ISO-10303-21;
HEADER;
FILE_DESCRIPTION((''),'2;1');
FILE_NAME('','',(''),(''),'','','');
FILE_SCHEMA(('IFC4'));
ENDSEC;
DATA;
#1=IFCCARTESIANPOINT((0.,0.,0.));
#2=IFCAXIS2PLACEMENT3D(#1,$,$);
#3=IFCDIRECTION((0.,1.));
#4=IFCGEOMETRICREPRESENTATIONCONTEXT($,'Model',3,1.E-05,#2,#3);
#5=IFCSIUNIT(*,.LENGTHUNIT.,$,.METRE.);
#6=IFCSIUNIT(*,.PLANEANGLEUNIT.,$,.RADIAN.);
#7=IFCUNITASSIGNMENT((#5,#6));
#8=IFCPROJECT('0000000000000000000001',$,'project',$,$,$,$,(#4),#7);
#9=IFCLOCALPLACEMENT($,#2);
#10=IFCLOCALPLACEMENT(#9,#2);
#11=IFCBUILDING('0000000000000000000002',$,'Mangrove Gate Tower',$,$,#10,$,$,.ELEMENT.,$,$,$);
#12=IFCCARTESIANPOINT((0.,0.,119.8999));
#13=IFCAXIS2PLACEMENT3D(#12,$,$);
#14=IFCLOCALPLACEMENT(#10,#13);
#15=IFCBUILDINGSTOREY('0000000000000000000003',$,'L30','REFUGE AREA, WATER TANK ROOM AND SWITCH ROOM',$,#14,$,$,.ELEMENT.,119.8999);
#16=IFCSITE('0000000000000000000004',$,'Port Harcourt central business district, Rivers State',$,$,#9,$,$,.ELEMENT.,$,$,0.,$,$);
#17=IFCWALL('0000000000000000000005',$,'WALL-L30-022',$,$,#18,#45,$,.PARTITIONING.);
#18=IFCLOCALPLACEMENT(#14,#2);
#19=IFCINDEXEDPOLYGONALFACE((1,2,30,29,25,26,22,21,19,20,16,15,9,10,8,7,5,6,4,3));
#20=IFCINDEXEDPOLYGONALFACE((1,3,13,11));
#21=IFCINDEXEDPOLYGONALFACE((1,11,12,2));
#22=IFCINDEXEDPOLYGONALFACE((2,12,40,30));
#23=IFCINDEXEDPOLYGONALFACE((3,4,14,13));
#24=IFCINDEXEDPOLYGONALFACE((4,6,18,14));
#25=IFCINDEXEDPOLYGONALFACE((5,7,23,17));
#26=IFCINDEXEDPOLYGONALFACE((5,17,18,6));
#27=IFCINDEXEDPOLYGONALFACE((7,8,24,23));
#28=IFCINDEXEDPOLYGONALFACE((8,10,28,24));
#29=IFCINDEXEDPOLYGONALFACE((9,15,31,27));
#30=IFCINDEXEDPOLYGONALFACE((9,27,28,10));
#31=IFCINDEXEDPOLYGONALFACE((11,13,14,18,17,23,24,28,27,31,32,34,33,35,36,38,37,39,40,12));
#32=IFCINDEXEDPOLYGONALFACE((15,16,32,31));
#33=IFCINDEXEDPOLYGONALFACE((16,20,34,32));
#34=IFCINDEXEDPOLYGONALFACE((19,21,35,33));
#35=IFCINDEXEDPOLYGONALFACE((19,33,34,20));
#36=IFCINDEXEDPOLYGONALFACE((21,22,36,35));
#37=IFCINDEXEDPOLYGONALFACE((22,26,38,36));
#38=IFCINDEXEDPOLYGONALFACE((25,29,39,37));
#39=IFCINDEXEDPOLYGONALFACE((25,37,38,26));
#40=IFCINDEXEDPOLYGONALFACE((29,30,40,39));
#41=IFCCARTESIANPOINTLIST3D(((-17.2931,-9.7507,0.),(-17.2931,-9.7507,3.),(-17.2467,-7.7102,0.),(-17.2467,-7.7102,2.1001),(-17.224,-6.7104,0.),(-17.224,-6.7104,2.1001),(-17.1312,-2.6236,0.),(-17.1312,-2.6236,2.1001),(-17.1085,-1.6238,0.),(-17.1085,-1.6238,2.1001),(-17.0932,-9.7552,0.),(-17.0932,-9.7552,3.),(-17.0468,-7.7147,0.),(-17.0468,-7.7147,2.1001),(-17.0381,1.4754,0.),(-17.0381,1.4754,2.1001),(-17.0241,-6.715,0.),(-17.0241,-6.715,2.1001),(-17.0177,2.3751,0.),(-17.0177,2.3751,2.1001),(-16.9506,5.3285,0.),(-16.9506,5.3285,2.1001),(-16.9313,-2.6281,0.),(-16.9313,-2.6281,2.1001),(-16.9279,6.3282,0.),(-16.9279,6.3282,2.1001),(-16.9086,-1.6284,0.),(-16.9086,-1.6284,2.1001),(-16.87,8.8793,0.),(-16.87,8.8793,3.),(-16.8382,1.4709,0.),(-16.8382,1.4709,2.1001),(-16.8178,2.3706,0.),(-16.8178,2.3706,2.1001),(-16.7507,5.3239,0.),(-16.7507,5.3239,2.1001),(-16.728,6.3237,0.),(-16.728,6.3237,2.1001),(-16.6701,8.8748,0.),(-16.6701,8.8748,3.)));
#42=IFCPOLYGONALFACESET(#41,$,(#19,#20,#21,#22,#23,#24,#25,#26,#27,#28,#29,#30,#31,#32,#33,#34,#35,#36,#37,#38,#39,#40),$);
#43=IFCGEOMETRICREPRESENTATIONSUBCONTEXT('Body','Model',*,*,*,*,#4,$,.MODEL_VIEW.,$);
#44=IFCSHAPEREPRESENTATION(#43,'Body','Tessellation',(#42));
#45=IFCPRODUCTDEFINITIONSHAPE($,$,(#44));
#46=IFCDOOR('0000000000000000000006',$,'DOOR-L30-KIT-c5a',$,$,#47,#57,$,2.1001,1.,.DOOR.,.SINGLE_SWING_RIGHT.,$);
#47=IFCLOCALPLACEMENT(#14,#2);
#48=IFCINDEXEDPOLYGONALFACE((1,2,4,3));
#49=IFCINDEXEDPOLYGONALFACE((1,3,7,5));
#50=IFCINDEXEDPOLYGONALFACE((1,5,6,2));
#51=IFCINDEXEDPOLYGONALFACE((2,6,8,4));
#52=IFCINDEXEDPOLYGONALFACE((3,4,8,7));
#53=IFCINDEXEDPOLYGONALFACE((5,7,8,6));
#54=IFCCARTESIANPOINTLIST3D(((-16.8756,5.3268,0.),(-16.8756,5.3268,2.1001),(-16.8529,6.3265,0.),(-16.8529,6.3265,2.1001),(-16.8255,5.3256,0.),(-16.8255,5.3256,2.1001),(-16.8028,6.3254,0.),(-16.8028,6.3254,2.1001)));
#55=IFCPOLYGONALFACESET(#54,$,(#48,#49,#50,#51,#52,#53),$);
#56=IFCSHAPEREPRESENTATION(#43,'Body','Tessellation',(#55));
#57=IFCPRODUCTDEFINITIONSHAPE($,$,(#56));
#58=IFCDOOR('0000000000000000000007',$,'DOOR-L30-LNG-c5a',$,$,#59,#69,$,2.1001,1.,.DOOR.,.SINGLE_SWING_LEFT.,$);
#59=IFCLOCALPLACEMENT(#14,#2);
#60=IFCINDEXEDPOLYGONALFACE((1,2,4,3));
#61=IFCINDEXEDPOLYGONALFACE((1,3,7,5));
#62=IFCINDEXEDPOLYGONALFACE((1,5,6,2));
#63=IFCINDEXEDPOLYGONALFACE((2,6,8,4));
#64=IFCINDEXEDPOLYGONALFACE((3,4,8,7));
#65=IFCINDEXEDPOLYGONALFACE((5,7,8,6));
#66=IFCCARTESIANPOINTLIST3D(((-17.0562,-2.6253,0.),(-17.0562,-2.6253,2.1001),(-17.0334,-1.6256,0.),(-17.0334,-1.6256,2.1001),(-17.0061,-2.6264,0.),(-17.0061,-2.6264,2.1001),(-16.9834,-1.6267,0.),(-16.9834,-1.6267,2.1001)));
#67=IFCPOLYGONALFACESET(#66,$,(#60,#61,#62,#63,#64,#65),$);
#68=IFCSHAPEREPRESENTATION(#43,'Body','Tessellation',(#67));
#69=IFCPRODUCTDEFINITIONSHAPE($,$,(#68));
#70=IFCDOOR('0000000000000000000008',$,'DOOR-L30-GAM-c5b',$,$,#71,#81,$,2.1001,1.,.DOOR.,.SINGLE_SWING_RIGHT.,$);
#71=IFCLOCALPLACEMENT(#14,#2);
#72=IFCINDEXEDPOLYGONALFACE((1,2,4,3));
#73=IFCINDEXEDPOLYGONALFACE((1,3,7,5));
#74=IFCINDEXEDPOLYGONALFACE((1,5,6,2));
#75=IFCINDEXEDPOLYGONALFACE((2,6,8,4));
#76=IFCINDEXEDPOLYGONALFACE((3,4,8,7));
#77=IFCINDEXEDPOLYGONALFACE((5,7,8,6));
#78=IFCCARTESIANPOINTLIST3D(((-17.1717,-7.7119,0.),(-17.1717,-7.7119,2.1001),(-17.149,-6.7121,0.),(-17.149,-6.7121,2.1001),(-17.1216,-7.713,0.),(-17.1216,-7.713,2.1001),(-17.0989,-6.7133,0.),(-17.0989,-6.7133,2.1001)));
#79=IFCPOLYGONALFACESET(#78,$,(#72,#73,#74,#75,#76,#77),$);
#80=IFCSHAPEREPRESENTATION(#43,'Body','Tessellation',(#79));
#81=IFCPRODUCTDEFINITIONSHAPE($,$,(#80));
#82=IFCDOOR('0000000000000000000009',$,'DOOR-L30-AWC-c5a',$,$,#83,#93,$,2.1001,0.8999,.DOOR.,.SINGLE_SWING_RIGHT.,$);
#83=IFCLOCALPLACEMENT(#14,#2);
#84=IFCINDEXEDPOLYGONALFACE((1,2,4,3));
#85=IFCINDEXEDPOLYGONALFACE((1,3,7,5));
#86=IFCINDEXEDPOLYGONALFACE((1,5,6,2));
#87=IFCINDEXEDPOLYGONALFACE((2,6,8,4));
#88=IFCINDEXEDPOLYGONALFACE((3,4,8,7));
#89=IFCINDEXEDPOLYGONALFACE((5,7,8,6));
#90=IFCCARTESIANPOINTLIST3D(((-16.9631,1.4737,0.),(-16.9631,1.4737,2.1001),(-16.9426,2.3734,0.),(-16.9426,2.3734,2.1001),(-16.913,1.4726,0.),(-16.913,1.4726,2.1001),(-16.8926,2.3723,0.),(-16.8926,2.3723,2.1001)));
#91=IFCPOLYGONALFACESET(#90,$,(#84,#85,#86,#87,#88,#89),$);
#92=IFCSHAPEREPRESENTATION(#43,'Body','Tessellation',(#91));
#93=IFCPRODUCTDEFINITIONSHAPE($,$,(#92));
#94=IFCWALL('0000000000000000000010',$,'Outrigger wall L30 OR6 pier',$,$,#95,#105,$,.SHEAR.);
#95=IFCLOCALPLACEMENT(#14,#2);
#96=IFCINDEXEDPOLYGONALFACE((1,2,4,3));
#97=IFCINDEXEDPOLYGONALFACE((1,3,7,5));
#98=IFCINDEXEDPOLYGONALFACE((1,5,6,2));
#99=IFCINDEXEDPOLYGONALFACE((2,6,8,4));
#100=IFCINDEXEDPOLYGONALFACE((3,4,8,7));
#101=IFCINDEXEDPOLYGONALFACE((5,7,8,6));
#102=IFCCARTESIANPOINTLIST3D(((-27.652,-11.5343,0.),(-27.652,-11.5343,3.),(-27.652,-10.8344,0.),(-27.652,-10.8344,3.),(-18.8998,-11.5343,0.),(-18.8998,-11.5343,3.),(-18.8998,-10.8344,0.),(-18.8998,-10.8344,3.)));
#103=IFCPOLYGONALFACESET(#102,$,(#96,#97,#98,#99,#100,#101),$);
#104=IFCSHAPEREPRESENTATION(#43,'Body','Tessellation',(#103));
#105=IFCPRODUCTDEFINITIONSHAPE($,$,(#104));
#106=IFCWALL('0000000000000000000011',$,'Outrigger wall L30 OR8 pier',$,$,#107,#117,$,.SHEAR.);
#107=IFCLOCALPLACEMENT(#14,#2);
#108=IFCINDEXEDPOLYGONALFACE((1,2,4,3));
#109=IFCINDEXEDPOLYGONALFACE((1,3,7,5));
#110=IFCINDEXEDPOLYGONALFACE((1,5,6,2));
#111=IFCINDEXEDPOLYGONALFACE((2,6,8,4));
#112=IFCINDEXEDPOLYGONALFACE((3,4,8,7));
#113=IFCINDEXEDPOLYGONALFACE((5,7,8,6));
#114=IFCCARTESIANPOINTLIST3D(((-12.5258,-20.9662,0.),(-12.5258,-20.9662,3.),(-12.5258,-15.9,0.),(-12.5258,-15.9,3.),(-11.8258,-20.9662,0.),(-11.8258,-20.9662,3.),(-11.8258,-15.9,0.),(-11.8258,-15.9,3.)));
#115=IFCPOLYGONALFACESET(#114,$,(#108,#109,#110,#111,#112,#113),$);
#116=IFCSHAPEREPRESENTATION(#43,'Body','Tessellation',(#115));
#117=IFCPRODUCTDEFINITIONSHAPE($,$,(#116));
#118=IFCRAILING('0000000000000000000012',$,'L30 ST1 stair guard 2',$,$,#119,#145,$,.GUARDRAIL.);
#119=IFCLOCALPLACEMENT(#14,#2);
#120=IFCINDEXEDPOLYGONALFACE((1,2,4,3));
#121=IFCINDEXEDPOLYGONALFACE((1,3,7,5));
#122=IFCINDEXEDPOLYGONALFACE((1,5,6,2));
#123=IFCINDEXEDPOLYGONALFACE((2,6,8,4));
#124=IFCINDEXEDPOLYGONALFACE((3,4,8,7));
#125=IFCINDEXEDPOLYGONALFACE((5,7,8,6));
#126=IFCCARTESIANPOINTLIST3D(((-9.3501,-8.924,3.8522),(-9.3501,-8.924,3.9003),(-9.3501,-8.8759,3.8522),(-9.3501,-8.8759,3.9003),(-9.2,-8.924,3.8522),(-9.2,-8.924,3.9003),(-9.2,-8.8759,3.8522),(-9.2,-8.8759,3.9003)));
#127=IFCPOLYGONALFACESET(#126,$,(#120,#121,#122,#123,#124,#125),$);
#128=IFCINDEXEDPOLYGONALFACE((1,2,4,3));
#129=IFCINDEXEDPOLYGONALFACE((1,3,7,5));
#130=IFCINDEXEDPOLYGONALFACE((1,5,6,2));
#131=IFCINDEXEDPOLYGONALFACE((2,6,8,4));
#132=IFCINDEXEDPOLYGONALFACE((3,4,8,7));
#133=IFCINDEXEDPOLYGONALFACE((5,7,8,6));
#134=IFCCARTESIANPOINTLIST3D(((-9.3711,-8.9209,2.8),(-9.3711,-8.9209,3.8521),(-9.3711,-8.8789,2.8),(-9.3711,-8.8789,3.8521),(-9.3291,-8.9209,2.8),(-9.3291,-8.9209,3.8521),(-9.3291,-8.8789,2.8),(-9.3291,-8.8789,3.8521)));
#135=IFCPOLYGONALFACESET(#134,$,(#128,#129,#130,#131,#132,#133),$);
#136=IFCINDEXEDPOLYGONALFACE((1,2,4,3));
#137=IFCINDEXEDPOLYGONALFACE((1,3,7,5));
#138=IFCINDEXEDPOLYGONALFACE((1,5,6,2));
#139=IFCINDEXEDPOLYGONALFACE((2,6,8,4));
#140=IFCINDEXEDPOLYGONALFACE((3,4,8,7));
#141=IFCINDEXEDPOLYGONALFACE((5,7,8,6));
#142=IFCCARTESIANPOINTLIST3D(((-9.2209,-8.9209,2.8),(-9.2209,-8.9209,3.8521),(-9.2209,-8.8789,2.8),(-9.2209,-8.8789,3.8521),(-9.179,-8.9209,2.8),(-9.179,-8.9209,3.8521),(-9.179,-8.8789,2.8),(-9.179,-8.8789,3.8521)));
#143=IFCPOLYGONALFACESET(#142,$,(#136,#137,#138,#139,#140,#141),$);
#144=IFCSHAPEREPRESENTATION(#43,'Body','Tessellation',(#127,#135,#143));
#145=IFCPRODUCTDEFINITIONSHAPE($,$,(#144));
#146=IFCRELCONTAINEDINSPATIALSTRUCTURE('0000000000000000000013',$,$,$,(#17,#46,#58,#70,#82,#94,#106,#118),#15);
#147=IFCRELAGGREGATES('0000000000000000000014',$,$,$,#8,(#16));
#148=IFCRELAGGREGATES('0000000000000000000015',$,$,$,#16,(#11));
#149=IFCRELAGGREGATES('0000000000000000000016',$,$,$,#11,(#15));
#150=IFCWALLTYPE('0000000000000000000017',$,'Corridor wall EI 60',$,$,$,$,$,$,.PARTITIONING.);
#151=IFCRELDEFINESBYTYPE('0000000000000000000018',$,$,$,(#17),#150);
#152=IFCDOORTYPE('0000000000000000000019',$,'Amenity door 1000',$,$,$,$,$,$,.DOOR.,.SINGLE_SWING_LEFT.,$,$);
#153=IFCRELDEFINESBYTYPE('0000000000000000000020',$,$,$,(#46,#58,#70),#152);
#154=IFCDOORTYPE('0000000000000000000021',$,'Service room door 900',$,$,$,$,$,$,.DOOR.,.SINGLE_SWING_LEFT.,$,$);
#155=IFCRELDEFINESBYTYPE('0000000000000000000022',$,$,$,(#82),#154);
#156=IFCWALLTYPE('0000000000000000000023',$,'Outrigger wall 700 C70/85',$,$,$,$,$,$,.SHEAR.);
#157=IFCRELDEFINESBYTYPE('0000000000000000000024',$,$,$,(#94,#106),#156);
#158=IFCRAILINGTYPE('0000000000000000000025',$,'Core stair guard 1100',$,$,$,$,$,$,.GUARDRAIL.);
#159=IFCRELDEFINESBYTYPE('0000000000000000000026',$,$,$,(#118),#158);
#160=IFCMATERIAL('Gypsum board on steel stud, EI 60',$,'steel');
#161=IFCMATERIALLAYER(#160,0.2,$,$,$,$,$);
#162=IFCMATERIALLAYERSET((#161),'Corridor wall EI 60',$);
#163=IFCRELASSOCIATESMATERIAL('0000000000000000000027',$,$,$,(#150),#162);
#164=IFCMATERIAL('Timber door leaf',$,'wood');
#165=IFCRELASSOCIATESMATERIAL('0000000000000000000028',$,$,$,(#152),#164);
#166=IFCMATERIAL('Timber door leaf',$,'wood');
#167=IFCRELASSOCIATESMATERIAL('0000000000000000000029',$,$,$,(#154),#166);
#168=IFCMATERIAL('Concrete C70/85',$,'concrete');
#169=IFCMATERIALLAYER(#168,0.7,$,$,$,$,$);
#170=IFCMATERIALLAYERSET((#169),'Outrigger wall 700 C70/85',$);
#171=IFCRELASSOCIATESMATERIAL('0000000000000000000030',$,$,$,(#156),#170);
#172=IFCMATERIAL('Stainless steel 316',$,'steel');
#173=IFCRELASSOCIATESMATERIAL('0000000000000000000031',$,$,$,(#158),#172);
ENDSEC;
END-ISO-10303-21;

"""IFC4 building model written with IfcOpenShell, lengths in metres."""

from ifc_helpers import new_model, si_unit, direction, frame, frame_2d, origin, origin_2d, place, context, subcontext, project, spatial, rectangle, extrude, material, layer, layer_set, type_object, element, fill, save


model = new_model("IFC4")

# Units and contexts
model_context = context("Model", 3, precision=1e-05, world=origin(), true_north=direction((0.0, 1.0)))
body_context = subcontext(model_context, "Body", "Model", "MODEL_VIEW")
ifc_project = project(units=[si_unit("LENGTHUNIT", "METRE"), si_unit("PLANEANGLEUNIT", "RADIAN")], contexts=[model_context])

# Site, building, storey
site_placement = place(None, origin())
site = spatial("IfcSite", under=ifc_project, at=site_placement, Name="Port Harcourt central business district, Rivers State", CompositionType="ELEMENT", RefElevation=0.0)
building_placement = place(site_placement, origin())
building = spatial("IfcBuilding", under=site, at=building_placement, Name="Mangrove Gate Tower", CompositionType="ELEMENT")
storey_placement = place(building_placement, frame((0.0, 0.0, 119.8999)))
storey = spatial("IfcBuildingStorey", under=building, at=storey_placement, Name="L30", Description="REFUGE AREA, WATER TANK ROOM AND SWITCH ROOM", CompositionType="ELEMENT", Elevation=119.8999)

# Wall, openings, doors
ifc_material_1 = material(Name="Gypsum board on steel stud, EI 60", Category="steel")
ifc_layer_1 = layer(ifc_material_1, 0.2)
ifc_layer_set_1 = layer_set([ifc_layer_1], Name="Corridor wall EI 60")
wall_type_1 = type_object("IfcWallType", Name="Corridor wall EI 60", PredefinedType="PARTITIONING", material=ifc_layer_set_1)
ifc_material_2 = material(Name="Timber door leaf", Category="wood")
door_type_1 = type_object("IfcDoorType", Name="Amenity door 1000", OperationType="SINGLE_SWING_LEFT", PredefinedType="DOOR", material=ifc_material_2)
ifc_material_3 = material(Name="Timber door leaf", Category="wood")
door_type_2 = type_object("IfcDoorType", Name="Service room door 900", OperationType="SINGLE_SWING_LEFT", PredefinedType="DOOR", material=ifc_material_3)
wall_1_placement = place(storey_placement, frame((-17.1931, -9.7529, 0.0), z_axis=(0.0, 0.0, 1.0), x_axis=(0.022705, 0.999742, 0.0)))
wall_1 = element("IfcWall", 1, at=wall_1_placement, inside=storey, type_object=wall_type_1, Name="WALL-L30-022", PredefinedType="PARTITIONING", context=body_context, shape_type="SweptSolid", body=[
    extrude(rectangle(XDim=18.6348, YDim=0.2, at=frame_2d((9.3174, 0.0))), origin(), (0.0, 0.0, 1.0), 3.0),
])
opening_1_placement = place(wall_1_placement, frame((15.083, 0.0, 0.0)))
opening_1 = element("IfcOpeningElement", 2, at=opening_1_placement, cuts=wall_1, PredefinedType="OPENING", context=body_context, shape_type="SweptSolid", body=[
    extrude(rectangle(XDim=1.0, YDim=2.1001, at=frame_2d((0.5, 1.05))), frame((0.0, 0.1099, 0.0), z_axis=(0.0, -1.0, 0.0), x_axis=(1.0, 0.0, 0.0)), (0.0, 0.0, 1.0), 0.22),
])
opening_2_placement = place(wall_1_placement, frame((7.1289, 0.0, 0.0)))
opening_2 = element("IfcOpeningElement", 3, at=opening_2_placement, cuts=wall_1, PredefinedType="OPENING", context=body_context, shape_type="SweptSolid", body=[
    extrude(rectangle(XDim=1.0, YDim=2.1001, at=frame_2d((0.5, 1.05))), frame((0.0, 0.1099, 0.0), z_axis=(0.0, -1.0, 0.0), x_axis=(1.0, 0.0, 0.0)), (0.0, 0.0, 1.0), 0.22),
])
opening_3_placement = place(wall_1_placement, frame((11.229, 0.0, 0.0)))
opening_3 = element("IfcOpeningElement", 4, at=opening_3_placement, cuts=wall_1, PredefinedType="OPENING", context=body_context, shape_type="SweptSolid", body=[
    extrude(rectangle(XDim=0.8999, YDim=2.1001, at=frame_2d((0.45, 1.05))), frame((0.0, 0.1099, 0.0), z_axis=(0.0, -1.0, 0.0), x_axis=(1.0, 0.0, 0.0)), (0.0, 0.0, 1.0), 0.22),
])
opening_4_placement = place(wall_1_placement, frame((2.041, 0.0, 0.0)))
opening_4 = element("IfcOpeningElement", 5, at=opening_4_placement, cuts=wall_1, PredefinedType="OPENING", context=body_context, shape_type="SweptSolid", body=[
    extrude(rectangle(XDim=1.0, YDim=2.1001, at=frame_2d((0.5, 1.05))), frame((0.0, 0.1099, 0.0), z_axis=(0.0, -1.0, 0.0), x_axis=(1.0, 0.0, 0.0)), (0.0, 0.0, 1.0), 0.22),
])
door_1_placement = place(opening_1_placement, origin())
door_1 = element("IfcDoor", 6, at=door_1_placement, inside=storey, type_object=door_type_1, Name="DOOR-L30-KIT-c5a", OperationType="SINGLE_SWING_RIGHT", OverallHeight=2.1001, OverallWidth=1.0, PredefinedType="DOOR", context=body_context, shape_type="SweptSolid", body=[
    extrude(rectangle(XDim=1.0, YDim=2.1001, at=frame_2d((0.5, 1.05))), frame((0.0, 0.0249, 0.0), z_axis=(0.0, -1.0, 0.0), x_axis=(1.0, 0.0, 0.0)), (0.0, 0.0, 1.0), 0.05),
])
fill(opening_1, door_1)
door_2_placement = place(opening_2_placement, origin())
door_2 = element("IfcDoor", 7, at=door_2_placement, inside=storey, type_object=door_type_1, Name="DOOR-L30-LNG-c5a", OperationType="SINGLE_SWING_LEFT", OverallHeight=2.1001, OverallWidth=1.0, PredefinedType="DOOR", context=body_context, shape_type="SweptSolid", body=[
    extrude(rectangle(XDim=1.0, YDim=2.1001, at=frame_2d((0.5, 1.05))), frame((0.0, 0.0249, 0.0), z_axis=(0.0, -1.0, 0.0), x_axis=(1.0, 0.0, 0.0)), (0.0, 0.0, 1.0), 0.05),
])
fill(opening_2, door_2)
door_3_placement = place(opening_4_placement, origin())
door_3 = element("IfcDoor", 8, at=door_3_placement, inside=storey, type_object=door_type_1, Name="DOOR-L30-GAM-c5b", OperationType="SINGLE_SWING_RIGHT", OverallHeight=2.1001, OverallWidth=1.0, PredefinedType="DOOR", context=body_context, shape_type="SweptSolid", body=[
    extrude(rectangle(XDim=1.0, YDim=2.1001, at=frame_2d((0.5, 1.05))), frame((0.0, 0.0249, 0.0), z_axis=(0.0, -1.0, 0.0), x_axis=(1.0, 0.0, 0.0)), (0.0, 0.0, 1.0), 0.05),
])
fill(opening_4, door_3)
door_4_placement = place(opening_3_placement, origin())
door_4 = element("IfcDoor", 9, at=door_4_placement, inside=storey, type_object=door_type_2, Name="DOOR-L30-AWC-c5a", OperationType="SINGLE_SWING_RIGHT", OverallHeight=2.1001, OverallWidth=0.8999, PredefinedType="DOOR", context=body_context, shape_type="SweptSolid", body=[
    extrude(rectangle(XDim=0.8999, YDim=2.1001, at=frame_2d((0.45, 1.05))), frame((0.0, 0.0249, 0.0), z_axis=(0.0, -1.0, 0.0), x_axis=(1.0, 0.0, 0.0)), (0.0, 0.0, 1.0), 0.05),
])
fill(opening_3, door_4)

# Walls
ifc_material_4 = material(Name="Concrete C70/85", Category="concrete")
ifc_layer_2 = layer(ifc_material_4, 0.7)
ifc_layer_set_2 = layer_set([ifc_layer_2], Name="Outrigger wall 700 C70/85")
wall_type_2 = type_object("IfcWallType", Name="Outrigger wall 700 C70/85", PredefinedType="SHEAR", material=ifc_layer_set_2)
wall_2_placement = place(storey_placement, frame((-18.8999, -11.1843, 0.0), z_axis=(0.0, 0.0, 1.0), x_axis=(-1.0, 0.0, 0.0)))
element("IfcWall", 10, at=wall_2_placement, inside=storey, type_object=wall_type_2, Name="Outrigger wall L30 OR6 pier", PredefinedType="SHEAR", context=body_context, shape_type="SweptSolid", body=[
    extrude(rectangle(XDim=8.7522, YDim=0.7, at=frame_2d((4.376, 0.0))), origin(), (0.0, 0.0, 1.0), 3.0),
])
wall_3_placement = place(storey_placement, frame((-12.1758, -15.8999, 0.0), z_axis=(0.0, 0.0, 1.0), x_axis=(0.0, -1.0, 0.0)))
element("IfcWall", 11, at=wall_3_placement, inside=storey, type_object=wall_type_2, Name="Outrigger wall L30 OR8 pier", PredefinedType="SHEAR", context=body_context, shape_type="SweptSolid", body=[
    extrude(rectangle(XDim=5.0662, YDim=0.7, at=frame_2d((2.5332, 0.0))), origin(), (0.0, 0.0, 1.0), 3.0),
])

# Railing
ifc_material_5 = material(Name="Stainless steel 316", Category="steel")
railing_type = type_object("IfcRailingType", Name="Core stair guard 1100", PredefinedType="GUARDRAIL", material=ifc_material_5)
railing_placement = place(storey_placement, frame((-9.3501, -8.8999, 2.8)))
element("IfcRailing", 12, at=railing_placement, inside=storey, type_object=railing_type, Name="L30 ST1 stair guard 2", PredefinedType="GUARDRAIL", context=body_context, shape_type="SweptSolid", body=[
    extrude(rectangle(XDim=0.0481, YDim=0.0481, at=origin_2d()), frame((0.0, 0.0, 1.0762), z_axis=(1.0, 0.0, 0.0), x_axis=(0.0, 1.0, 0.0)), (0.0, 0.0, 1.0), 0.1501),
    extrude(rectangle(XDim=0.042, YDim=0.042, at=origin_2d()), origin(), (0.0, 0.0, 1.0), 1.052),
    extrude(rectangle(XDim=0.042, YDim=0.042, at=origin_2d()), frame((0.1501, 0.0, 0.0)), (0.0, 0.0, 1.0), 1.052),
])

save(model, "model.ifc")
